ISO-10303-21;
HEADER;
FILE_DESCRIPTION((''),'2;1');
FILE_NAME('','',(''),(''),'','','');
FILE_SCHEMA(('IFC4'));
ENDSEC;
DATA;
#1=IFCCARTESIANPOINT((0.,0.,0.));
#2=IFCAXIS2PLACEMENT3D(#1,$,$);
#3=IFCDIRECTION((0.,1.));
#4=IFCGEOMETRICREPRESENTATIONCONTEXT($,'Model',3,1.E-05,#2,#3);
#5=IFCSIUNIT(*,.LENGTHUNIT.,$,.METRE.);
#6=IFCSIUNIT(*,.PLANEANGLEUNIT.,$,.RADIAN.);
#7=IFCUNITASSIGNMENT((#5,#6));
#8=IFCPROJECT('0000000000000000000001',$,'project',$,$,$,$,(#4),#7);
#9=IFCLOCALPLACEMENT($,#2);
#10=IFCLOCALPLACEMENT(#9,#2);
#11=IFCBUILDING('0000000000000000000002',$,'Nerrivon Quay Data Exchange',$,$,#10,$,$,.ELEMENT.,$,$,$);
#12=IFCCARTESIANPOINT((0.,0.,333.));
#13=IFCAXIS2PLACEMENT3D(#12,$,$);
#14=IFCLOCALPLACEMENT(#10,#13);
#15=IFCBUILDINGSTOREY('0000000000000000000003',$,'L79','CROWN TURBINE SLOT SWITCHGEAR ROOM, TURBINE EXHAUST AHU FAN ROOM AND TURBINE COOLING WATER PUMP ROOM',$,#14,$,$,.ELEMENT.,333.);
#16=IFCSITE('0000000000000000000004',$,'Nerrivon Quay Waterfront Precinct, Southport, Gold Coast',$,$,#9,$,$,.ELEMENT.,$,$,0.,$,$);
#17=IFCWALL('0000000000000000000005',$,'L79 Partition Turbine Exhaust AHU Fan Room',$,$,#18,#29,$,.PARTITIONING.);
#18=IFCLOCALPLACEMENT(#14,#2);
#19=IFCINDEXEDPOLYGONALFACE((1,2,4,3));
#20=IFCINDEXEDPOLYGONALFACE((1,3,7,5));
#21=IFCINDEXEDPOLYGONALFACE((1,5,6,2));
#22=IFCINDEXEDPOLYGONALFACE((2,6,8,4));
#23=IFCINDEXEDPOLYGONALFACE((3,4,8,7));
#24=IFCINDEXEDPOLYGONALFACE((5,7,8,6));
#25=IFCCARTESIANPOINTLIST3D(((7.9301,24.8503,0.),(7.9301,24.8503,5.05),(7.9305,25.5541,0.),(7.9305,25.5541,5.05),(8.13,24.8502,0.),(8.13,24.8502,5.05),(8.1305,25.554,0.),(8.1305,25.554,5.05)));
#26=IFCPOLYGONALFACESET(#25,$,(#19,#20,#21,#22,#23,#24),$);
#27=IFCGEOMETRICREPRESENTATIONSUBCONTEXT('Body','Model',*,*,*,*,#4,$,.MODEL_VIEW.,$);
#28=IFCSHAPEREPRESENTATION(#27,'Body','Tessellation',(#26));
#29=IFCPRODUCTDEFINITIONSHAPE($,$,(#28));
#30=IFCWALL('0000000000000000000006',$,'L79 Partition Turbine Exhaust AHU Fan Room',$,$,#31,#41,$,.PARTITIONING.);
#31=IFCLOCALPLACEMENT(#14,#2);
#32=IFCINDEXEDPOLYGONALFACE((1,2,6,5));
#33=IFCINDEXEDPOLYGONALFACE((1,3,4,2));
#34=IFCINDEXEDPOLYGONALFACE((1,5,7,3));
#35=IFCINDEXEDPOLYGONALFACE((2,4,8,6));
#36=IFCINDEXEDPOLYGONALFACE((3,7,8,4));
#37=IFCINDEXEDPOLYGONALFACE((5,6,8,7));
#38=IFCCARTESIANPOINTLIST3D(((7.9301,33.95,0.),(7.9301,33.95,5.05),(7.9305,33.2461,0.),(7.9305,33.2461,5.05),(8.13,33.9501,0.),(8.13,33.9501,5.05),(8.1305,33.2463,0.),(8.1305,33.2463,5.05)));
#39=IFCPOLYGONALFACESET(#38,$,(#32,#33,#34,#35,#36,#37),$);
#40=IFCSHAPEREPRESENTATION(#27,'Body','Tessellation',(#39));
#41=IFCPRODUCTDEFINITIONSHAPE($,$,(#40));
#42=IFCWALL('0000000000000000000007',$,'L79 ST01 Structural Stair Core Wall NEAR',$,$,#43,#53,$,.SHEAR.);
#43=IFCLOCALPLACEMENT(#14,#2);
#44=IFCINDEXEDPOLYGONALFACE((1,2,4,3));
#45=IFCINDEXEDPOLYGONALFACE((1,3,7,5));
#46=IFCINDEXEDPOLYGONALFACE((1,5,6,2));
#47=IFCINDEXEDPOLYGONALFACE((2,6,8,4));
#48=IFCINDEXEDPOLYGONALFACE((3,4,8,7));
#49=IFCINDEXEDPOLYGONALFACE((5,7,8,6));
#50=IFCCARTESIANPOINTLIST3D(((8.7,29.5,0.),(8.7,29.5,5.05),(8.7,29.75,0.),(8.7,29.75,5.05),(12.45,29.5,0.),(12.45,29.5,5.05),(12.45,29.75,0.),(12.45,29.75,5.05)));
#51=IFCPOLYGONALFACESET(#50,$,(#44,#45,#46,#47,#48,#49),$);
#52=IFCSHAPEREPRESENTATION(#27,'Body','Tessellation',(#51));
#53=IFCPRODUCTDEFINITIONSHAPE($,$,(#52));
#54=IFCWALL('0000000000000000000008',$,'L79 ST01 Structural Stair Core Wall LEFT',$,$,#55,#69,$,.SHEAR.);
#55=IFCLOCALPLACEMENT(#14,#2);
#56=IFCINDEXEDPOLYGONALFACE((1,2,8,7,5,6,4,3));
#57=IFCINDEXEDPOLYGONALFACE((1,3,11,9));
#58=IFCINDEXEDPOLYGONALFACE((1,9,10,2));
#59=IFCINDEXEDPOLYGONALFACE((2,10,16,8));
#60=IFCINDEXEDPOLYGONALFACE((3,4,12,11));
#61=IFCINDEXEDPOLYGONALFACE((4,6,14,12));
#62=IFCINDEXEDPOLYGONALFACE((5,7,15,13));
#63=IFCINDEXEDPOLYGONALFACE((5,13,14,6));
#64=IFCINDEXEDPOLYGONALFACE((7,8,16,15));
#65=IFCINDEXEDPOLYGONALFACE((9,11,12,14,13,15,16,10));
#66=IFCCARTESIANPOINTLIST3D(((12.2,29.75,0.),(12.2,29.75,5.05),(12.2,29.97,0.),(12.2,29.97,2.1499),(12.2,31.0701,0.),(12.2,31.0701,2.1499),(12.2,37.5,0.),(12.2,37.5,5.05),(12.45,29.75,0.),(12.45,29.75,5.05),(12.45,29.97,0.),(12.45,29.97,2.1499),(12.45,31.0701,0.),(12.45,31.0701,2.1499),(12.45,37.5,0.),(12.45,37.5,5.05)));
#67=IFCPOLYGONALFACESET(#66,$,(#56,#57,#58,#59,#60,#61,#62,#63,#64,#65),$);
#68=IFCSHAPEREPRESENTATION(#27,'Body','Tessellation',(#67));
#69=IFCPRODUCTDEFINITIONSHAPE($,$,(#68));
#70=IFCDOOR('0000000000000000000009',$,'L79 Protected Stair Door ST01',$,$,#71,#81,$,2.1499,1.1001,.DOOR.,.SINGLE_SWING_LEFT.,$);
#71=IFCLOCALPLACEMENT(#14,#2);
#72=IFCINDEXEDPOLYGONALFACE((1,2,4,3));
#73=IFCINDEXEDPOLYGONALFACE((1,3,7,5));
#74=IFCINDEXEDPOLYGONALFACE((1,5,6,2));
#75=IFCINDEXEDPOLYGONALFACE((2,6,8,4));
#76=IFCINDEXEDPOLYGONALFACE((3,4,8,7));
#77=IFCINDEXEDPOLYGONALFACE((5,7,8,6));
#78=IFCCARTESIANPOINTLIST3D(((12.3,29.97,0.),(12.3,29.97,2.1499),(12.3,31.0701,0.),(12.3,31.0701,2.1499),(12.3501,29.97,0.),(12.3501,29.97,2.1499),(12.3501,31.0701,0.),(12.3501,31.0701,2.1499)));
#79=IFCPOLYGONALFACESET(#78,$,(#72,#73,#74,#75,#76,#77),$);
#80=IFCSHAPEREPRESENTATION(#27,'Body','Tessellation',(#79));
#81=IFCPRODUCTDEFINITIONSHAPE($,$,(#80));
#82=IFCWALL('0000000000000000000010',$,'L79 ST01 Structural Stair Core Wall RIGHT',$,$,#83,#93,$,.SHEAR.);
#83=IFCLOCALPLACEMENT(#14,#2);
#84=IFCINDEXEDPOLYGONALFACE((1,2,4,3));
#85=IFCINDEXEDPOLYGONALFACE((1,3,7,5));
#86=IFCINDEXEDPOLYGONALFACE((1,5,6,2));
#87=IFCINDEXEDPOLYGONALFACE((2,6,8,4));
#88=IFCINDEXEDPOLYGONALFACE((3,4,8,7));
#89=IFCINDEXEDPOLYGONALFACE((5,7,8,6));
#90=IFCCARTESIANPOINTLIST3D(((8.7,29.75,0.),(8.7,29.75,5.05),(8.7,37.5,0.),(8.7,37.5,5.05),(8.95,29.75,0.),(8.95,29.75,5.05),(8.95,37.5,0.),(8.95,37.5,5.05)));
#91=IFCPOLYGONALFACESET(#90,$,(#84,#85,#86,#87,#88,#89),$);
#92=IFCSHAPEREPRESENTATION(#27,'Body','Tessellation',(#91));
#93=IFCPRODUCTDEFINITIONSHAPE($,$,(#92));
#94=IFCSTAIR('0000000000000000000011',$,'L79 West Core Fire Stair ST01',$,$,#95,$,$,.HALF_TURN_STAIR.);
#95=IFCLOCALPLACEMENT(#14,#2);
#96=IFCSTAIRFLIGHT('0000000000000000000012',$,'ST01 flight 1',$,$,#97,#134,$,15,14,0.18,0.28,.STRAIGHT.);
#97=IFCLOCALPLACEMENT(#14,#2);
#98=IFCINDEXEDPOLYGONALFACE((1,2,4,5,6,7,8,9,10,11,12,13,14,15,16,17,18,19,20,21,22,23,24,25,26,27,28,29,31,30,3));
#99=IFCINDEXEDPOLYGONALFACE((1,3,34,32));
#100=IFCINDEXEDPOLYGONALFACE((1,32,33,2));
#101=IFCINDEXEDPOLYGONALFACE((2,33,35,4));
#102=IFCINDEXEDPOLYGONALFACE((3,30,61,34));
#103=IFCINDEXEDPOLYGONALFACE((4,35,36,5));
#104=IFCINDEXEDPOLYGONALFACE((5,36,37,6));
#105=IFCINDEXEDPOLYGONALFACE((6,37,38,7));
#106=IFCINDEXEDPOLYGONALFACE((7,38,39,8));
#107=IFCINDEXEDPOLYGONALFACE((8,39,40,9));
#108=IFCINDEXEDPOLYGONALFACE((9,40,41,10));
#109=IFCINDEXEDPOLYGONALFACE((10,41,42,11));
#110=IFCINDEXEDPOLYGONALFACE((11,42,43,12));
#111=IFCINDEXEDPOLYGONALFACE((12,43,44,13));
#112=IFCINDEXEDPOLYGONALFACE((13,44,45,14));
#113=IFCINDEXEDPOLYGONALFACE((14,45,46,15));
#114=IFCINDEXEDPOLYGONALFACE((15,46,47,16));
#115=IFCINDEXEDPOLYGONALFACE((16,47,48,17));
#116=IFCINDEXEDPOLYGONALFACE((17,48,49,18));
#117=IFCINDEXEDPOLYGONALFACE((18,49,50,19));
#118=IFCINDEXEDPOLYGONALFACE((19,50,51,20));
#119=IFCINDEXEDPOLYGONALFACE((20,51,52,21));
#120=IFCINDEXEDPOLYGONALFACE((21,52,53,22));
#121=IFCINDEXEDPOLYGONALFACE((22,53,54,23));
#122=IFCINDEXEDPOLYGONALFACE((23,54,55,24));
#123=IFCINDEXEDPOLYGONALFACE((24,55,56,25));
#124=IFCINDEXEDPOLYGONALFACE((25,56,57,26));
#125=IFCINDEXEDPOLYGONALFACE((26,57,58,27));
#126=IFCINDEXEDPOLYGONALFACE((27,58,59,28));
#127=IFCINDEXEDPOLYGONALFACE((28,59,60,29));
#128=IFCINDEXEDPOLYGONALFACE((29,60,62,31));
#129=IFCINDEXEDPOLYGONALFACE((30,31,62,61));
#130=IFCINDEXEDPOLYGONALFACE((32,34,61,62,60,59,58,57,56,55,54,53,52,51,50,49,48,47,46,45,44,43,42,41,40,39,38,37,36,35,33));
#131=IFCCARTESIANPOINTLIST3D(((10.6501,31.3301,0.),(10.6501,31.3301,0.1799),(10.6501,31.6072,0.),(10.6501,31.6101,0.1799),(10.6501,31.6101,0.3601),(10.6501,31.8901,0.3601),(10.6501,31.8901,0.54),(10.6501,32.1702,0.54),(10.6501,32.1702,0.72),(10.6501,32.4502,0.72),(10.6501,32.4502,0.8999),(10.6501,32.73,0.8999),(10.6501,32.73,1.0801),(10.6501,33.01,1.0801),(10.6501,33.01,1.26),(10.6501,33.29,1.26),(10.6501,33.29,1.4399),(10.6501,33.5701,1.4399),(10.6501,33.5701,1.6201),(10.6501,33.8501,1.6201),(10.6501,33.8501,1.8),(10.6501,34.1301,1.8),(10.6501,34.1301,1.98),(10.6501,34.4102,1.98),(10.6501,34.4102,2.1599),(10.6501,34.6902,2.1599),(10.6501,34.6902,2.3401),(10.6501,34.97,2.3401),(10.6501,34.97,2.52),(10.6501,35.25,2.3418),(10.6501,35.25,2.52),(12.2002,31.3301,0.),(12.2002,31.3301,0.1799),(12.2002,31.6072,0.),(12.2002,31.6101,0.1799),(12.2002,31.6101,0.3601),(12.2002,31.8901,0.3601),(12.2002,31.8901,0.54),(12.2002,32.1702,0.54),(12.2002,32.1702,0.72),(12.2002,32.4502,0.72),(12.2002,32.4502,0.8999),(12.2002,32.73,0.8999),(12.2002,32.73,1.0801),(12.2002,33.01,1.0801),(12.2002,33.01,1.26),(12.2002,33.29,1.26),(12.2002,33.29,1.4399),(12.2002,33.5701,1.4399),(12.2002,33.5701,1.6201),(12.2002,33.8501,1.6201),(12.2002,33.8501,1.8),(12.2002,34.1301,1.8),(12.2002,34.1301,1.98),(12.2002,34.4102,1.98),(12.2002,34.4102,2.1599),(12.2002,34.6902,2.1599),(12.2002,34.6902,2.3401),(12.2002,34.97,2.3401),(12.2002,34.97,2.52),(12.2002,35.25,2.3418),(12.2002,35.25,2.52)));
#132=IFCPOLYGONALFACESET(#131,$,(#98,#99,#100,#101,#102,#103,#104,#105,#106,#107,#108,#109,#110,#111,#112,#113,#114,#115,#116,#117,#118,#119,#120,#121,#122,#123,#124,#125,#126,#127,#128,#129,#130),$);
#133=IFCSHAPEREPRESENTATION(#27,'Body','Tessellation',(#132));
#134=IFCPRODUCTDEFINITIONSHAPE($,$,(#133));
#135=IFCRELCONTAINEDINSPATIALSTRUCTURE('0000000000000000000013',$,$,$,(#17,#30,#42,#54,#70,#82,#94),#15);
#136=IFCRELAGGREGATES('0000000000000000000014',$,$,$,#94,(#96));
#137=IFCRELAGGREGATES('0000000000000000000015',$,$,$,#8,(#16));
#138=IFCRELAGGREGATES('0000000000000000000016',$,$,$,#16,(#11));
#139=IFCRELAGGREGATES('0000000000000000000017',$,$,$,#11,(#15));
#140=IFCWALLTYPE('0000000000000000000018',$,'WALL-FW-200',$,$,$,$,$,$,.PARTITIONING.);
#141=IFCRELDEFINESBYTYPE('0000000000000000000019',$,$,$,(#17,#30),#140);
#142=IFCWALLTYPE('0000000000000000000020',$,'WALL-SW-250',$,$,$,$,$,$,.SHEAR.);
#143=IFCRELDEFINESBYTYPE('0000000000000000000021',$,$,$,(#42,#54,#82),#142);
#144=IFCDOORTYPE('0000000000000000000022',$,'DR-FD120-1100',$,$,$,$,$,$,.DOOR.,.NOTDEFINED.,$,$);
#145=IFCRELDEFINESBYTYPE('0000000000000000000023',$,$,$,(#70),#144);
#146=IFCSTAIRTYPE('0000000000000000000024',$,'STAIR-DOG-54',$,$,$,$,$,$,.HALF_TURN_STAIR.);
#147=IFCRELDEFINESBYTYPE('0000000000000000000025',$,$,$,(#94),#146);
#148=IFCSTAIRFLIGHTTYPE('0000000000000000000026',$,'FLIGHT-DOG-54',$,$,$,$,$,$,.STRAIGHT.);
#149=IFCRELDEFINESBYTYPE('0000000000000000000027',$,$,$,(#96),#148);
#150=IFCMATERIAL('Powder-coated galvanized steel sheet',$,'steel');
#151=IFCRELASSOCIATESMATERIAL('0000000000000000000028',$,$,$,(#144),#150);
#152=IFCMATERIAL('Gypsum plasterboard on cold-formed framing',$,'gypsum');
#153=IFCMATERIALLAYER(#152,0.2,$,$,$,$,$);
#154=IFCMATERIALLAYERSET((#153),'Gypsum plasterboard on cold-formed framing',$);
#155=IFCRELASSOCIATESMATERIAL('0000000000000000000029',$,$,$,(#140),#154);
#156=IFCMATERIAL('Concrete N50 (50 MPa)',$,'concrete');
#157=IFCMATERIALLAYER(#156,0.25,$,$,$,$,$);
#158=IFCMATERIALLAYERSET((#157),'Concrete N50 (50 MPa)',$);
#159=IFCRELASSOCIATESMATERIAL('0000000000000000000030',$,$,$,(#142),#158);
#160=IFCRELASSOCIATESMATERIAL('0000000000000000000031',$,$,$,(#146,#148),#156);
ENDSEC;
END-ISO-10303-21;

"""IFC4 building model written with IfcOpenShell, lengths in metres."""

from ifc_helpers import new_model, si_unit, direction, frame, frame_2d, origin, place, context, subcontext, project, spatial, polyline, rectangle, outline, extrude, material, layer, layer_set, type_object, element, fill, aggregate, save


model = new_model("IFC4")

# Units and contexts
model_context = context("Model", 3, precision=1e-05, world=origin(), true_north=direction((0.0, 1.0)))
body_context = subcontext(model_context, "Body", "Model", "MODEL_VIEW")
ifc_project = project(units=[si_unit("LENGTHUNIT", "METRE"), si_unit("PLANEANGLEUNIT", "RADIAN")], contexts=[model_context])

# Site, building, storey
site_placement = place(None, origin())
site = spatial("IfcSite", under=ifc_project, at=site_placement, Name="Nerrivon Quay Waterfront Precinct, Southport, Gold Coast", CompositionType="ELEMENT", RefElevation=0.0)
building_placement = place(site_placement, origin())
building = spatial("IfcBuilding", under=site, at=building_placement, Name="Nerrivon Quay Data Exchange", CompositionType="ELEMENT")
storey_placement = place(building_placement, frame((0.0, 0.0, 333.0)))
storey = spatial("IfcBuildingStorey", under=building, at=storey_placement, Name="L79", Description="CROWN TURBINE SLOT SWITCHGEAR ROOM, TURBINE EXHAUST AHU FAN ROOM AND TURBINE COOLING WATER PUMP ROOM", CompositionType="ELEMENT", Elevation=333.0)

# Shared definitions
ifc_material_1 = material(Name="Concrete N50 (50 MPa)", Category="concrete")

# Shared definitions
ifc_material_2 = material(Name="Powder-coated galvanized steel sheet", Category="steel")
door_type_1 = type_object("IfcDoorType", Name="DR-FD120-1100", OperationType="NOTDEFINED", PredefinedType="DOOR", material=ifc_material_2)
ifc_material_3 = material(Name="Gypsum plasterboard on cold-formed framing", Category="gypsum")
ifc_layer_1 = layer(ifc_material_3, 0.2)
ifc_layer_set_1 = layer_set([ifc_layer_1], Name="Gypsum plasterboard on cold-formed framing")
wall_type_1 = type_object("IfcWallType", Name="WALL-FW-200", PredefinedType="PARTITIONING", material=ifc_layer_set_1)

# Walls
for number, where, z_axis, x_axis, name in (
    (1, (8.03, 24.8501, 0.0), (0.0, 0.0, 1.0), (0.000694, 1.0, 0.0), "L79 Partition Turbine Exhaust AHU Fan Room"),
    (2, (8.0305, 33.2461, 0.0), (0.0, 0.0, 1.0), (-0.000694, 1.0, 0.0), "L79 Partition Turbine Exhaust AHU Fan Room"),
):
    element("IfcWall", number, at=place(storey_placement, frame(where, z_axis=z_axis, x_axis=x_axis)), inside=storey, type_object=wall_type_1, Name=name, PredefinedType="PARTITIONING", context=body_context, shape_type="SweptSolid", body=[
        extrude(rectangle(XDim=0.7039, YDim=0.2, at=frame_2d((0.3521, 0.0))), origin(), (0.0, 0.0, 1.0), 5.05),
    ])
ifc_layer_2 = layer(ifc_material_1, 0.25)
ifc_layer_set_2 = layer_set([ifc_layer_2], Name="Concrete N50 (50 MPa)")
wall_type_2 = type_object("IfcWallType", Name="WALL-SW-250", PredefinedType="SHEAR", material=ifc_layer_set_2)
wall_1_placement = place(storey_placement, frame((12.45, 29.625, 0.0), z_axis=(0.0, 0.0, 1.0), x_axis=(-1.0, 0.0, 0.0)))
element("IfcWall", 3, at=wall_1_placement, inside=storey, type_object=wall_type_2, Name="L79 ST01 Structural Stair Core Wall NEAR", PredefinedType="SHEAR", context=body_context, shape_type="SweptSolid", body=[
    extrude(rectangle(XDim=3.75, YDim=0.25, at=frame_2d((1.875, 0.0))), origin(), (0.0, 0.0, 1.0), 5.05),
])

# Wall, opening, door
wall_2_placement = place(storey_placement, frame((12.325, 29.75, 0.0), z_axis=(0.0, 0.0, 1.0), x_axis=(0.0, 1.0, 0.0)))
wall_2 = element("IfcWall", 4, at=wall_2_placement, inside=storey, type_object=wall_type_2, Name="L79 ST01 Structural Stair Core Wall LEFT", PredefinedType="SHEAR", context=body_context, shape_type="SweptSolid", body=[
    extrude(rectangle(XDim=7.75, YDim=0.25, at=frame_2d((3.875, 0.0))), origin(), (0.0, 0.0, 1.0), 5.05),
])
opening_1_placement = place(wall_2_placement, frame((0.22, 0.0, 0.0)))
opening_1 = element("IfcOpeningElement", 5, at=opening_1_placement, cuts=wall_2, PredefinedType="OPENING", context=body_context, shape_type="SweptSolid", body=[
    extrude(rectangle(XDim=1.1001, YDim=2.1499, at=frame_2d((0.55, 1.075))), frame((0.0, 0.135, 0.0), z_axis=(0.0, -1.0, 0.0), x_axis=(1.0, 0.0, 0.0)), (0.0, 0.0, 1.0), 0.27),
])
door_1_placement = place(opening_1_placement, origin())
door_1 = element("IfcDoor", 6, at=door_1_placement, inside=storey, type_object=door_type_1, Name="L79 Protected Stair Door ST01", OperationType="SINGLE_SWING_LEFT", OverallHeight=2.1499, OverallWidth=1.1001, PredefinedType="DOOR", context=body_context, shape_type="SweptSolid", body=[
    extrude(rectangle(XDim=1.1001, YDim=2.1499, at=frame_2d((0.55, 1.075))), frame((0.0, 0.0249, 0.0), z_axis=(0.0, -1.0, 0.0), x_axis=(1.0, 0.0, 0.0)), (0.0, 0.0, 1.0), 0.05),
])
fill(opening_1, door_1)

# Wall
wall_3_placement = place(storey_placement, frame((8.825, 29.75, 0.0), z_axis=(0.0, 0.0, 1.0), x_axis=(0.0, 1.0, 0.0)))
element("IfcWall", 7, at=wall_3_placement, inside=storey, type_object=wall_type_2, Name="L79 ST01 Structural Stair Core Wall RIGHT", PredefinedType="SHEAR", context=body_context, shape_type="SweptSolid", body=[
    extrude(rectangle(XDim=7.75, YDim=0.25, at=frame_2d((3.875, 0.0))), origin(), (0.0, 0.0, 1.0), 5.05),
])

# Stair, stair flight
stair_type = type_object("IfcStairType", Name="STAIR-DOG-54", PredefinedType="HALF_TURN_STAIR", material=ifc_material_1)
stair_placement = place(storey_placement, origin())
stair = element("IfcStair", 8, at=stair_placement, inside=storey, type_object=stair_type, Name="L79 West Core Fire Stair ST01", PredefinedType="HALF_TURN_STAIR")
stair_flight_type = type_object("IfcStairFlightType", Name="FLIGHT-DOG-54", PredefinedType="STRAIGHT", material=ifc_material_1)
stair_flight_placement = place(storey_placement, frame((11.425, 31.3301, 0.0), z_axis=(0.0, 0.0, 1.0), x_axis=(0.0, 1.0, 0.0)))
stair_flight = element("IfcStairFlight", 9, at=stair_flight_placement, type_object=stair_flight_type, Name="ST01 flight 1", NumberOfRisers=15, NumberOfTreads=14, PredefinedType="STRAIGHT", RiserHeight=0.18, TreadLength=0.28, context=body_context, shape_type="SweptSolid", body=[
    extrude(outline(polyline([(0.0, 0.0), (0.0, 0.1799), (0.28, 0.1799), (0.28, 0.3601), (0.5601, 0.3601), (0.5601, 0.54), (0.8401, 0.54), (0.8401, 0.72), (1.1201, 0.72), (1.1201, 0.8999), (1.3999, 0.8999), (1.3999, 1.0801), (1.6799, 1.0801), (1.6799, 1.26), (1.96, 1.26), (1.96, 1.4399), (2.24, 1.4399), (2.24, 1.6201), (2.52, 1.6201), (2.52, 1.8), (2.8, 1.8), (2.8, 1.98), (3.0801, 1.98), (3.0801, 2.1599), (3.3601, 2.1599), (3.3601, 2.3401), (3.6399, 2.3401), (3.6399, 2.52), (3.9199, 2.52), (3.9199, 2.7), (3.9199, 2.3418), (0.2771, 0.0), (0.0, 0.0)])), frame((0.0, 0.7749, 0.0), z_axis=(0.0, -1.0, 0.0), x_axis=(1.0, 0.0, 0.0)), (0.0, 0.0, 1.0), 1.55),
])
aggregate(stair, [stair_flight])

save(model, "model.ifc")
